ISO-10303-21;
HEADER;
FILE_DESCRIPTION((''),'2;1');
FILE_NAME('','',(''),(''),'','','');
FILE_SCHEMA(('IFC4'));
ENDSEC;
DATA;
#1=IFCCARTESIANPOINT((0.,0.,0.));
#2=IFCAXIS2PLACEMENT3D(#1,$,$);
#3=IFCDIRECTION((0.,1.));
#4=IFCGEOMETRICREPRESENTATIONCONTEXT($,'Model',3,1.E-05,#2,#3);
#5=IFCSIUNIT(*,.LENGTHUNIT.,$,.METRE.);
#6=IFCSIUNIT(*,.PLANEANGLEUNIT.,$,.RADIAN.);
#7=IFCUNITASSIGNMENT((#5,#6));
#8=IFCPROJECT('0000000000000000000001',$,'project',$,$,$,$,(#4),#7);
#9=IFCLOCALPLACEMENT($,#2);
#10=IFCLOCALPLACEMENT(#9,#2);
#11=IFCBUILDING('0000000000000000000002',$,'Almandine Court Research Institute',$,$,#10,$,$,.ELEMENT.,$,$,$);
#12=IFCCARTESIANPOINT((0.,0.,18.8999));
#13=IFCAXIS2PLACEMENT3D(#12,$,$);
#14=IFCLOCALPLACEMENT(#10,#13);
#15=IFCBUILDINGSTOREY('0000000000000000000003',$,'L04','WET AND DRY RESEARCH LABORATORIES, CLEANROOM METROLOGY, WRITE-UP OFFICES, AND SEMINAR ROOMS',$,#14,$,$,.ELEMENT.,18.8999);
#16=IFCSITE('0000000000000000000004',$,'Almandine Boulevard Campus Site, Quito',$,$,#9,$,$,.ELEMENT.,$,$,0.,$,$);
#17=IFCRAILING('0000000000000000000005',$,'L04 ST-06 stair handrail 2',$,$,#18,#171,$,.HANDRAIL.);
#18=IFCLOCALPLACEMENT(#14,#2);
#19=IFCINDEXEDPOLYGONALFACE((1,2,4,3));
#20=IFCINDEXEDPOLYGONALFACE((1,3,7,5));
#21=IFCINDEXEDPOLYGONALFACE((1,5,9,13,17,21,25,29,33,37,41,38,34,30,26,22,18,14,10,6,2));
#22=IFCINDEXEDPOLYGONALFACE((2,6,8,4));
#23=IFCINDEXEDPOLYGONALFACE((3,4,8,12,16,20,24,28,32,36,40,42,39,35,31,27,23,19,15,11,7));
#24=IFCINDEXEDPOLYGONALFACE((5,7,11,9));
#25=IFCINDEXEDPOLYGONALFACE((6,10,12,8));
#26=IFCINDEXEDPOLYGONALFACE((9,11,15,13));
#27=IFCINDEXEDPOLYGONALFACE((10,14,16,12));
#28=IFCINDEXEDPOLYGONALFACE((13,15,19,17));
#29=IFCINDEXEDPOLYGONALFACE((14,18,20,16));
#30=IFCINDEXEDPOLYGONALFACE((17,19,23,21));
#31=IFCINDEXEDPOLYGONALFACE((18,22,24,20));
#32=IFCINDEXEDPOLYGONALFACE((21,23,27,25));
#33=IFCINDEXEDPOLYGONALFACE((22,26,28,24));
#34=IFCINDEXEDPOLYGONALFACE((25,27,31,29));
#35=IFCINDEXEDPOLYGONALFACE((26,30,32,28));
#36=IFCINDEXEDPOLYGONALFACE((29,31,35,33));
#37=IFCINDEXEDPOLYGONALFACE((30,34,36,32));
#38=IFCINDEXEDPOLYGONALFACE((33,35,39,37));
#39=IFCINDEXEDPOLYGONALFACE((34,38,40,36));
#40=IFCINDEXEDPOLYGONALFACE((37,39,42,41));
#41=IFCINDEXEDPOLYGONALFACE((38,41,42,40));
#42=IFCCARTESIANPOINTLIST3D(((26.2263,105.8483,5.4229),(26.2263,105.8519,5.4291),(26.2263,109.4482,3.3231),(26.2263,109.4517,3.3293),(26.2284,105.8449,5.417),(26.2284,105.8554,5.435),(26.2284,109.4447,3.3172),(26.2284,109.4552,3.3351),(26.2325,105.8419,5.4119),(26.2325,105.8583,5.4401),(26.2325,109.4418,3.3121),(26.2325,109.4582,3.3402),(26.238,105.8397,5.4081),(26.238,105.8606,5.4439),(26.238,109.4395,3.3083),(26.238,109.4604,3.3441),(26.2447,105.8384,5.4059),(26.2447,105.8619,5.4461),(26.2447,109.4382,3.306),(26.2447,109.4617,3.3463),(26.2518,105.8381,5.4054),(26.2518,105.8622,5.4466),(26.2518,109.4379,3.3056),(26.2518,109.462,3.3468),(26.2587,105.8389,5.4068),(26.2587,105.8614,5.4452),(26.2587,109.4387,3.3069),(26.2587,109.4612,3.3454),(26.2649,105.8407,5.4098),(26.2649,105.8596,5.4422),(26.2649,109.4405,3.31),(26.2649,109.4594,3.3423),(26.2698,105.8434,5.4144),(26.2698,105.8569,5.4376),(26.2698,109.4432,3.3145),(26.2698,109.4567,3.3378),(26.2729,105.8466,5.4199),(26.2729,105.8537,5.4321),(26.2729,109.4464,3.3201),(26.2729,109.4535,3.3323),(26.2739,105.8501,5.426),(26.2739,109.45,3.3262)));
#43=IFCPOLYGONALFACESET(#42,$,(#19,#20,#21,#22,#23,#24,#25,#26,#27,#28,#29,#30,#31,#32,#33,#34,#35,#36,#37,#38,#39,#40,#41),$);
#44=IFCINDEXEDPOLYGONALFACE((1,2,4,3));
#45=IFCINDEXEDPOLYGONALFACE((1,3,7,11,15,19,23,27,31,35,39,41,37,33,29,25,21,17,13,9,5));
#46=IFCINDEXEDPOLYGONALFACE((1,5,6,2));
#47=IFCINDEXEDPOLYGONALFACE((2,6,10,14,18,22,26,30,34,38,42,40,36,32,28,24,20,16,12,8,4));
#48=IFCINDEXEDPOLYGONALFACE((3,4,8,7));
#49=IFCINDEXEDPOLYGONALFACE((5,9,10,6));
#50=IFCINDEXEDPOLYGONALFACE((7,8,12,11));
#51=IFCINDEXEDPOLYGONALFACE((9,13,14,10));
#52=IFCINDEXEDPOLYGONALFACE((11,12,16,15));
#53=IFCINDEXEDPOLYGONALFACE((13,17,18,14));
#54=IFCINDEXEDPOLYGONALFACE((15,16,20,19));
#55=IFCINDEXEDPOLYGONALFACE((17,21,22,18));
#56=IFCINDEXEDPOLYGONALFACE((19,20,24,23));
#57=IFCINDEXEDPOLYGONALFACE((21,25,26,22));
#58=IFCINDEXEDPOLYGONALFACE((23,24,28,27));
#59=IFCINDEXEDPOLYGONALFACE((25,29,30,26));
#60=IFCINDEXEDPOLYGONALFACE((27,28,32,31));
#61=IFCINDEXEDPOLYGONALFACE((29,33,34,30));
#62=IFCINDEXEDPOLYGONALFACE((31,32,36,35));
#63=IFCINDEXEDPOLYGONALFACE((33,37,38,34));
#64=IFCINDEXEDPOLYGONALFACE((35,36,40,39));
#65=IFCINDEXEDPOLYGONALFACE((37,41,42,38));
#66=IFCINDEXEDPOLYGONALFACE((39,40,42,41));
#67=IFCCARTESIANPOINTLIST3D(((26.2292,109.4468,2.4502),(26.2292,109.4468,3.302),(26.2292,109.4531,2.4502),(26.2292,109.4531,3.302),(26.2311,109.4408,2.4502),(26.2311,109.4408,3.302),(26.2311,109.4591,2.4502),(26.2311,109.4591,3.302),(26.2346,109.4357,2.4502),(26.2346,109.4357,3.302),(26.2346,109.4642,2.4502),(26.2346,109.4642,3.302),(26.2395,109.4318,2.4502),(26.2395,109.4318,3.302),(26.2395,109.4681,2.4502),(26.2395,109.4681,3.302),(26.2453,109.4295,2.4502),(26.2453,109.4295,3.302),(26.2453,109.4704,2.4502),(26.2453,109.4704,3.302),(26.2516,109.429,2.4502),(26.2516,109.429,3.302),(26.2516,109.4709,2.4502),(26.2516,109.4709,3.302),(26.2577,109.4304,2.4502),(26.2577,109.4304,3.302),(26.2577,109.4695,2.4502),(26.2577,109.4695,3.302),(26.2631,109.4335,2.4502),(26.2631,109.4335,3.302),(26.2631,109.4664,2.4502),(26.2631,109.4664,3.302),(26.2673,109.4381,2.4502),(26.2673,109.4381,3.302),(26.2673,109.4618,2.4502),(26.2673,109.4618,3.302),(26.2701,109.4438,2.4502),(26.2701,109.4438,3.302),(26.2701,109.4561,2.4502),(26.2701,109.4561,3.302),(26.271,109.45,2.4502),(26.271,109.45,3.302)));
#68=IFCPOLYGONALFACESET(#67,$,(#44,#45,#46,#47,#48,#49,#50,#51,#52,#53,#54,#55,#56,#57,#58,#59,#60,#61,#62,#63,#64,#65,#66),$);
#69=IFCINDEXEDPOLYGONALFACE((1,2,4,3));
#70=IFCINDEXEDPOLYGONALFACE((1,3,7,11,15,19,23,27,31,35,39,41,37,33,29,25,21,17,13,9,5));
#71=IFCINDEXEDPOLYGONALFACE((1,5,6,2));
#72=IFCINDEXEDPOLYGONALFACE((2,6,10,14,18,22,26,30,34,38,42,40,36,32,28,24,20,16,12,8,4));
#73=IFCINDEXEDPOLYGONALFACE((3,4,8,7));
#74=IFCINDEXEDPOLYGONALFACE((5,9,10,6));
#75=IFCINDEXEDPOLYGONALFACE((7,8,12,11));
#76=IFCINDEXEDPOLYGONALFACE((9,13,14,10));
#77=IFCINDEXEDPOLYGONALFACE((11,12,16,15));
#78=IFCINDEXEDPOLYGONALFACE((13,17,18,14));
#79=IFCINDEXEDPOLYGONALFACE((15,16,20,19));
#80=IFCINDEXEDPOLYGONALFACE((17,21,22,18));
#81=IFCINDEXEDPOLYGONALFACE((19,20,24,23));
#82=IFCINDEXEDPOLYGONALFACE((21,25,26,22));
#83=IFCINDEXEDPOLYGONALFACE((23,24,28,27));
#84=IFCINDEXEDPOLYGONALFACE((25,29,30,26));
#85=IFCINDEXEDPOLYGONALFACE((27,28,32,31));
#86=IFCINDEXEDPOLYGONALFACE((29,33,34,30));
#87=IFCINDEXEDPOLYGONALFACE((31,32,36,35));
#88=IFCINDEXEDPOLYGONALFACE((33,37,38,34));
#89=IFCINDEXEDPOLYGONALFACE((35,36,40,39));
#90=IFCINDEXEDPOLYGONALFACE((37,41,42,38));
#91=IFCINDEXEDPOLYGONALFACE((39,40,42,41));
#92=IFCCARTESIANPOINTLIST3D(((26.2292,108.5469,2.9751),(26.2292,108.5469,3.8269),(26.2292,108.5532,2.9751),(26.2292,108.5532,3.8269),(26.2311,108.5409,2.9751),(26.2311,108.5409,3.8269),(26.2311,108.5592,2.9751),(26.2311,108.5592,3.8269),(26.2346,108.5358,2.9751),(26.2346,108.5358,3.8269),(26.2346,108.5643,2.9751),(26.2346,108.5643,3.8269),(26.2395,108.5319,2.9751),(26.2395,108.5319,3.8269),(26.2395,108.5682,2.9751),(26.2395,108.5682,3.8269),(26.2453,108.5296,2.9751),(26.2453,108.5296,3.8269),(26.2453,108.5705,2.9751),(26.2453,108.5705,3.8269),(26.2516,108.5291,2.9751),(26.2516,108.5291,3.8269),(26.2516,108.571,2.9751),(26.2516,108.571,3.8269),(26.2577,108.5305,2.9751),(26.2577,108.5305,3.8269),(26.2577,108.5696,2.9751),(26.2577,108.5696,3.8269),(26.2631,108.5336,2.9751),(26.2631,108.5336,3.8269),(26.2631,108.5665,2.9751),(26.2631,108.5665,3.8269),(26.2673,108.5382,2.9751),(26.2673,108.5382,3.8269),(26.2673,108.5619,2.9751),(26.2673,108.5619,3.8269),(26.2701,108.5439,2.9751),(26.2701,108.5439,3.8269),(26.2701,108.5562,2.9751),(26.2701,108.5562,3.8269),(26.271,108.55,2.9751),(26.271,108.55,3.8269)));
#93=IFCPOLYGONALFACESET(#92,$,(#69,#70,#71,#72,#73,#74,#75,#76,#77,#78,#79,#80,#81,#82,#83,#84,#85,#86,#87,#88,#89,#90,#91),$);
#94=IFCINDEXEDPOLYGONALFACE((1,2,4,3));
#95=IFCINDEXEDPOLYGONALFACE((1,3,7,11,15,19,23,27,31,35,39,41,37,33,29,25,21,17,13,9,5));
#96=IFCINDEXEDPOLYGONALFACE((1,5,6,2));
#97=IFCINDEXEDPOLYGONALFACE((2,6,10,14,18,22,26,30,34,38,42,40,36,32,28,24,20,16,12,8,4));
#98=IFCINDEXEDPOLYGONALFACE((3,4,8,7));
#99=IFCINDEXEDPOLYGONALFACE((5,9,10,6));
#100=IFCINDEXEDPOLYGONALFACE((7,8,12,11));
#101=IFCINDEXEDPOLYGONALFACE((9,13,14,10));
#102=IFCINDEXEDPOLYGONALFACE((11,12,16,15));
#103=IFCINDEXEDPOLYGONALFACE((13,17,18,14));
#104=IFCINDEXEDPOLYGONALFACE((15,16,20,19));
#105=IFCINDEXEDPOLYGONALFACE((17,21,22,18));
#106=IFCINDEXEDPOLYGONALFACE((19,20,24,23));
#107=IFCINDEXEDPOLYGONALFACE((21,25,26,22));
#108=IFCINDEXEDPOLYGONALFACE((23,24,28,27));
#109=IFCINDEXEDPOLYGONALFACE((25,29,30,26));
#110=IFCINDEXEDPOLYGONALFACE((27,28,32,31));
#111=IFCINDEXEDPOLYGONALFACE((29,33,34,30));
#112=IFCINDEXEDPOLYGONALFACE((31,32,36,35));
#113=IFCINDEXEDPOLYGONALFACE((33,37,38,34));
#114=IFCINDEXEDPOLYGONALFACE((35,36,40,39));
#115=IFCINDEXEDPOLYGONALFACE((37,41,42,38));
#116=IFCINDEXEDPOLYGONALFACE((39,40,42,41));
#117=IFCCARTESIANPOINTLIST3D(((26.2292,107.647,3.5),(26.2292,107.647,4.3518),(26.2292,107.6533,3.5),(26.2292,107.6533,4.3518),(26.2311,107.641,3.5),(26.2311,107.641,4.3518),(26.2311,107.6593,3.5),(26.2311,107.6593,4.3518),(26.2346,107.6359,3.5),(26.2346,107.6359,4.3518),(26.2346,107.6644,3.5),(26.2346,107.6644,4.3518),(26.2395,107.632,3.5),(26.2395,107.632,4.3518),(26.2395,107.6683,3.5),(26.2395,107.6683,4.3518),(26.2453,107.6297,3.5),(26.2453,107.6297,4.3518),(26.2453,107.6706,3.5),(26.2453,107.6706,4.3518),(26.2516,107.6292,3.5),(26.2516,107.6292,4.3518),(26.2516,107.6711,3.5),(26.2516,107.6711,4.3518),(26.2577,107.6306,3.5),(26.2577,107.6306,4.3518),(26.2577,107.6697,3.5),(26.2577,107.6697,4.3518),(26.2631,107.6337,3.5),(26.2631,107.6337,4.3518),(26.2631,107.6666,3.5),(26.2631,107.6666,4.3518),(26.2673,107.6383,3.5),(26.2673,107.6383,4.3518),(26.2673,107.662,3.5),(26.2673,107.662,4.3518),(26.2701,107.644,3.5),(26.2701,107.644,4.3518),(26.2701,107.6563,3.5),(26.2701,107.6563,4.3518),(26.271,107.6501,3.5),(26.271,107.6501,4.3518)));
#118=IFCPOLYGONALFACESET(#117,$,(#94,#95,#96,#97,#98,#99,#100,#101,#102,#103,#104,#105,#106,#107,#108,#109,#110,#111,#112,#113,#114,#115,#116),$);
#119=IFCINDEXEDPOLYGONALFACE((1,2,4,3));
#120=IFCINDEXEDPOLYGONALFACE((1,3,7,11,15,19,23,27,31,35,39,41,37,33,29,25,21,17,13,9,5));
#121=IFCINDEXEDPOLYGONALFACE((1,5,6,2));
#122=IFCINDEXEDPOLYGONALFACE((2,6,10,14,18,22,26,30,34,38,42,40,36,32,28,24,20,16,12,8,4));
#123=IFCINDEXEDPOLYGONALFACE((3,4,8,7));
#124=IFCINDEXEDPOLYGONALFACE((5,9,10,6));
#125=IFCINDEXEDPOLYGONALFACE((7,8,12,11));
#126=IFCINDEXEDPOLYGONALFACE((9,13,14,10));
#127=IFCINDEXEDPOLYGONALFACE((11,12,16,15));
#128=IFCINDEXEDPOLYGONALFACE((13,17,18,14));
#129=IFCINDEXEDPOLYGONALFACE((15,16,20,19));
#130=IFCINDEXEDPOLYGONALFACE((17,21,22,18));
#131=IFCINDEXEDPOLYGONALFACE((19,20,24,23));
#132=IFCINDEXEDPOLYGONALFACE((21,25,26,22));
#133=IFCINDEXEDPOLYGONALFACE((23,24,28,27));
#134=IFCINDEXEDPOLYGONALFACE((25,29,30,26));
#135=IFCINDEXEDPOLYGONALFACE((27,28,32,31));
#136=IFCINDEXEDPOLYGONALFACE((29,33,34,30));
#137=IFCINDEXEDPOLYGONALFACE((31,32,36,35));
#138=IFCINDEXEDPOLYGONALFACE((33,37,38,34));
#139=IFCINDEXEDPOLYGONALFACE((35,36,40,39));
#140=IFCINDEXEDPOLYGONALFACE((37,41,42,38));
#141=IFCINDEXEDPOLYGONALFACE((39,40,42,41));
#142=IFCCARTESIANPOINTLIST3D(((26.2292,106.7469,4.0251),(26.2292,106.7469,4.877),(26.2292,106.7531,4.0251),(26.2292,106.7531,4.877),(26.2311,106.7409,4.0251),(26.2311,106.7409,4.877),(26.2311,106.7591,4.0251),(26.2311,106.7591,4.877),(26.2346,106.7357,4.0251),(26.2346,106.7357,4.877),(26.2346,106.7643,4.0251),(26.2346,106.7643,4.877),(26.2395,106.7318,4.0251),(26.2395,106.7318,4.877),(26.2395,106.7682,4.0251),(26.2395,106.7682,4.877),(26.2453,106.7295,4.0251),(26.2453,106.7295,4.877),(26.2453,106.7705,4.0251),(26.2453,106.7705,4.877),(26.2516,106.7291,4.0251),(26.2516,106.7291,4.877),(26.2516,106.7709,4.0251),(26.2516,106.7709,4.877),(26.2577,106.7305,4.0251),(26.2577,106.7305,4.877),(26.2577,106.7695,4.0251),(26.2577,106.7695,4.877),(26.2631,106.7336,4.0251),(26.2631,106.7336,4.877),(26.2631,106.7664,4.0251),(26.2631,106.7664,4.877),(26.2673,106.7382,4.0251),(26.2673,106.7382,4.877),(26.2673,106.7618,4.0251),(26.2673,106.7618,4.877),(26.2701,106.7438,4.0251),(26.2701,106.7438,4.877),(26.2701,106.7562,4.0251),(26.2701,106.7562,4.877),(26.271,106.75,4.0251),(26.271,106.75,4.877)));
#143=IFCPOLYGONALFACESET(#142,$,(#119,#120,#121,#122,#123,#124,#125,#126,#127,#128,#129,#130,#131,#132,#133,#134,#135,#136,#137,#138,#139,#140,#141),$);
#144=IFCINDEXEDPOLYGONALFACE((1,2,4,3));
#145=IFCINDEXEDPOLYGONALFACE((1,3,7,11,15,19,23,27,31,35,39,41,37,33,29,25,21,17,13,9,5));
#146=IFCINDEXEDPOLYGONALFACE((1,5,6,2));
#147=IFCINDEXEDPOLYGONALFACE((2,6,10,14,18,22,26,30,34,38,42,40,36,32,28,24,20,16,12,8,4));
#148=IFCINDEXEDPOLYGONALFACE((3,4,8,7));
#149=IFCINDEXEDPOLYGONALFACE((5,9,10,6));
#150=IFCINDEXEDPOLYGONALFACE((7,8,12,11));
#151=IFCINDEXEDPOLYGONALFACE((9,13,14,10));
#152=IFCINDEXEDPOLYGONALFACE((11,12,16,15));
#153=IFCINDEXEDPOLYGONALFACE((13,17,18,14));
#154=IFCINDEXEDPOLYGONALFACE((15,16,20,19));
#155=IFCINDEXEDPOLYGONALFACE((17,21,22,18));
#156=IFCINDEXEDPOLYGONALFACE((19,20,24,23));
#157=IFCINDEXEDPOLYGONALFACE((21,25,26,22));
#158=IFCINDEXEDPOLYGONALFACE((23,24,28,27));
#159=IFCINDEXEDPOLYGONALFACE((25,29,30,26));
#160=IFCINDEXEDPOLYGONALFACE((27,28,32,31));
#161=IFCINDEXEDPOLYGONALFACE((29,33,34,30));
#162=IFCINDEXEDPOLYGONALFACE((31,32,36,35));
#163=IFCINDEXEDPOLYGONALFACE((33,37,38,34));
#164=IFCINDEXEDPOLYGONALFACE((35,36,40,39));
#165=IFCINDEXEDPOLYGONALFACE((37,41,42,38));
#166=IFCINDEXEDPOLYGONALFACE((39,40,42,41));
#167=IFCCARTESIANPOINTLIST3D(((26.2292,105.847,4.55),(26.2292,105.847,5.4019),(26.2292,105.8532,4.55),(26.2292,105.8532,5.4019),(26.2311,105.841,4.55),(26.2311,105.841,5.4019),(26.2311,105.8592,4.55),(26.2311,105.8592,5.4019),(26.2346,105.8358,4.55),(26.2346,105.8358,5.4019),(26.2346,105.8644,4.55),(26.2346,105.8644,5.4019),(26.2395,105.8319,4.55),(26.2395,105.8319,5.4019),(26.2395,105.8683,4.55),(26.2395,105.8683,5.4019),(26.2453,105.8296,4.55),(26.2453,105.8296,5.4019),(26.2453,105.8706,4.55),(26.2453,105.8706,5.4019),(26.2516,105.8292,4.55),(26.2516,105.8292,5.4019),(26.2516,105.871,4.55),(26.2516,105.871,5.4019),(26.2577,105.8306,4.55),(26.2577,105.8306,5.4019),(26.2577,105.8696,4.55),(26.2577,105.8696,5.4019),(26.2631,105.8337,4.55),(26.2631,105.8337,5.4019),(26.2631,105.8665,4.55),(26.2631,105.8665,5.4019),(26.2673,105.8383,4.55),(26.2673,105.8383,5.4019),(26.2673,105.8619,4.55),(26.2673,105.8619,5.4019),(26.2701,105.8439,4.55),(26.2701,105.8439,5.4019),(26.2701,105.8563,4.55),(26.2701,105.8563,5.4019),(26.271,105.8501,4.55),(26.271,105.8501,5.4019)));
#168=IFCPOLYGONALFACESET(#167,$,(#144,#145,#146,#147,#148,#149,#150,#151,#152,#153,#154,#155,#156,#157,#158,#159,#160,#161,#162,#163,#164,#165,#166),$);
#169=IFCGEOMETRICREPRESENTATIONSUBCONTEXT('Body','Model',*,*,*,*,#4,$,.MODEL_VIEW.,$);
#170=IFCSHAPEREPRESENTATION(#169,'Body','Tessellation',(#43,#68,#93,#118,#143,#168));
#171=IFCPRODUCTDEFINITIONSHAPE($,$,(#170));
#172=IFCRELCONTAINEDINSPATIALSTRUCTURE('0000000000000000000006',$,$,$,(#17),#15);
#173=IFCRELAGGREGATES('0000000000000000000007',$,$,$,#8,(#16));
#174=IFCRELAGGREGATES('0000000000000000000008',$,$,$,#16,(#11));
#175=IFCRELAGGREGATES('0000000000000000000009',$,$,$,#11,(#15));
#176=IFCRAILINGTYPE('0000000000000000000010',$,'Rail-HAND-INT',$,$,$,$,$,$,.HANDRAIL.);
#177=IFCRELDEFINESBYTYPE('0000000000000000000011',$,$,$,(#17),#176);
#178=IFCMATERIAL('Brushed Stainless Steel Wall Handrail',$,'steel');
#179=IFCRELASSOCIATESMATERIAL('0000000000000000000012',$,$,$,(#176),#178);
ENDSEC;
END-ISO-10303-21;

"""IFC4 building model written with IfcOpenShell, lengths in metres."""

from ifc_helpers import new_model, si_unit, direction, frame, origin, origin_2d, place, context, subcontext, project, spatial, circle, extrude, material, type_object, element, save


model = new_model("IFC4")

# Units and contexts
model_context = context("Model", 3, precision=1e-05, world=origin(), true_north=direction((0.0, 1.0)))
body_context = subcontext(model_context, "Body", "Model", "MODEL_VIEW")
ifc_project = project(units=[si_unit("LENGTHUNIT", "METRE"), si_unit("PLANEANGLEUNIT", "RADIAN")], contexts=[model_context])

# Site, building, storey
site_placement = place(None, origin())
site = spatial("IfcSite", under=ifc_project, at=site_placement, Name="Almandine Boulevard Campus Site, Quito", CompositionType="ELEMENT", RefElevation=0.0)
building_placement = place(site_placement, origin())
building = spatial("IfcBuilding", under=site, at=building_placement, Name="Almandine Court Research Institute", CompositionType="ELEMENT")
storey_placement = place(building_placement, frame((0.0, 0.0, 18.8999)))
storey = spatial("IfcBuildingStorey", under=building, at=storey_placement, Name="L04", Description="WET AND DRY RESEARCH LABORATORIES, CLEANROOM METROLOGY, WRITE-UP OFFICES, AND SEMINAR ROOMS", CompositionType="ELEMENT", Elevation=18.8999)

# Railing
ifc_material_1 = material(Name="Brushed Stainless Steel Wall Handrail", Category="steel")
railing_type_1 = type_object("IfcRailingType", Name="Rail-HAND-INT", PredefinedType="HANDRAIL", material=ifc_material_1)
railing_1_placement = place(storey_placement, frame((26.25, 109.45, 2.4502)))
element("IfcRailing", 1, at=railing_1_placement, inside=storey, type_object=railing_type_1, Name="L04 ST-06 stair handrail 2", PredefinedType="HANDRAIL", context=body_context, shape_type="SweptSolid", body=[
    extrude(circle(Radius=0.0239, at=origin_2d()), frame((0.0, 0.0, 0.876), z_axis=(0.0, -0.863785, 0.50386), x_axis=(1.0, 0.0, 0.0)), (0.0, 0.0, 1.0), 4.1675),
    extrude(circle(Radius=0.021, at=origin_2d()), origin(), (0.0, 0.0, 1.0), 0.8518),
    extrude(circle(Radius=0.021, at=origin_2d()), frame((0.0, -0.8999, 0.5249)), (0.0, 0.0, 1.0), 0.8518),
    extrude(circle(Radius=0.021, at=origin_2d()), frame((0.0, -1.7998, 1.0498)), (0.0, 0.0, 1.0), 0.8518),
    extrude(circle(Radius=0.021, at=origin_2d()), frame((0.0, -2.7, 1.575)), (0.0, 0.0, 1.0), 0.8518),
    extrude(circle(Radius=0.021, at=origin_2d()), frame((0.0, -3.5999, 2.0999)), (0.0, 0.0, 1.0), 0.8518),
])

save(model, "model.ifc")
